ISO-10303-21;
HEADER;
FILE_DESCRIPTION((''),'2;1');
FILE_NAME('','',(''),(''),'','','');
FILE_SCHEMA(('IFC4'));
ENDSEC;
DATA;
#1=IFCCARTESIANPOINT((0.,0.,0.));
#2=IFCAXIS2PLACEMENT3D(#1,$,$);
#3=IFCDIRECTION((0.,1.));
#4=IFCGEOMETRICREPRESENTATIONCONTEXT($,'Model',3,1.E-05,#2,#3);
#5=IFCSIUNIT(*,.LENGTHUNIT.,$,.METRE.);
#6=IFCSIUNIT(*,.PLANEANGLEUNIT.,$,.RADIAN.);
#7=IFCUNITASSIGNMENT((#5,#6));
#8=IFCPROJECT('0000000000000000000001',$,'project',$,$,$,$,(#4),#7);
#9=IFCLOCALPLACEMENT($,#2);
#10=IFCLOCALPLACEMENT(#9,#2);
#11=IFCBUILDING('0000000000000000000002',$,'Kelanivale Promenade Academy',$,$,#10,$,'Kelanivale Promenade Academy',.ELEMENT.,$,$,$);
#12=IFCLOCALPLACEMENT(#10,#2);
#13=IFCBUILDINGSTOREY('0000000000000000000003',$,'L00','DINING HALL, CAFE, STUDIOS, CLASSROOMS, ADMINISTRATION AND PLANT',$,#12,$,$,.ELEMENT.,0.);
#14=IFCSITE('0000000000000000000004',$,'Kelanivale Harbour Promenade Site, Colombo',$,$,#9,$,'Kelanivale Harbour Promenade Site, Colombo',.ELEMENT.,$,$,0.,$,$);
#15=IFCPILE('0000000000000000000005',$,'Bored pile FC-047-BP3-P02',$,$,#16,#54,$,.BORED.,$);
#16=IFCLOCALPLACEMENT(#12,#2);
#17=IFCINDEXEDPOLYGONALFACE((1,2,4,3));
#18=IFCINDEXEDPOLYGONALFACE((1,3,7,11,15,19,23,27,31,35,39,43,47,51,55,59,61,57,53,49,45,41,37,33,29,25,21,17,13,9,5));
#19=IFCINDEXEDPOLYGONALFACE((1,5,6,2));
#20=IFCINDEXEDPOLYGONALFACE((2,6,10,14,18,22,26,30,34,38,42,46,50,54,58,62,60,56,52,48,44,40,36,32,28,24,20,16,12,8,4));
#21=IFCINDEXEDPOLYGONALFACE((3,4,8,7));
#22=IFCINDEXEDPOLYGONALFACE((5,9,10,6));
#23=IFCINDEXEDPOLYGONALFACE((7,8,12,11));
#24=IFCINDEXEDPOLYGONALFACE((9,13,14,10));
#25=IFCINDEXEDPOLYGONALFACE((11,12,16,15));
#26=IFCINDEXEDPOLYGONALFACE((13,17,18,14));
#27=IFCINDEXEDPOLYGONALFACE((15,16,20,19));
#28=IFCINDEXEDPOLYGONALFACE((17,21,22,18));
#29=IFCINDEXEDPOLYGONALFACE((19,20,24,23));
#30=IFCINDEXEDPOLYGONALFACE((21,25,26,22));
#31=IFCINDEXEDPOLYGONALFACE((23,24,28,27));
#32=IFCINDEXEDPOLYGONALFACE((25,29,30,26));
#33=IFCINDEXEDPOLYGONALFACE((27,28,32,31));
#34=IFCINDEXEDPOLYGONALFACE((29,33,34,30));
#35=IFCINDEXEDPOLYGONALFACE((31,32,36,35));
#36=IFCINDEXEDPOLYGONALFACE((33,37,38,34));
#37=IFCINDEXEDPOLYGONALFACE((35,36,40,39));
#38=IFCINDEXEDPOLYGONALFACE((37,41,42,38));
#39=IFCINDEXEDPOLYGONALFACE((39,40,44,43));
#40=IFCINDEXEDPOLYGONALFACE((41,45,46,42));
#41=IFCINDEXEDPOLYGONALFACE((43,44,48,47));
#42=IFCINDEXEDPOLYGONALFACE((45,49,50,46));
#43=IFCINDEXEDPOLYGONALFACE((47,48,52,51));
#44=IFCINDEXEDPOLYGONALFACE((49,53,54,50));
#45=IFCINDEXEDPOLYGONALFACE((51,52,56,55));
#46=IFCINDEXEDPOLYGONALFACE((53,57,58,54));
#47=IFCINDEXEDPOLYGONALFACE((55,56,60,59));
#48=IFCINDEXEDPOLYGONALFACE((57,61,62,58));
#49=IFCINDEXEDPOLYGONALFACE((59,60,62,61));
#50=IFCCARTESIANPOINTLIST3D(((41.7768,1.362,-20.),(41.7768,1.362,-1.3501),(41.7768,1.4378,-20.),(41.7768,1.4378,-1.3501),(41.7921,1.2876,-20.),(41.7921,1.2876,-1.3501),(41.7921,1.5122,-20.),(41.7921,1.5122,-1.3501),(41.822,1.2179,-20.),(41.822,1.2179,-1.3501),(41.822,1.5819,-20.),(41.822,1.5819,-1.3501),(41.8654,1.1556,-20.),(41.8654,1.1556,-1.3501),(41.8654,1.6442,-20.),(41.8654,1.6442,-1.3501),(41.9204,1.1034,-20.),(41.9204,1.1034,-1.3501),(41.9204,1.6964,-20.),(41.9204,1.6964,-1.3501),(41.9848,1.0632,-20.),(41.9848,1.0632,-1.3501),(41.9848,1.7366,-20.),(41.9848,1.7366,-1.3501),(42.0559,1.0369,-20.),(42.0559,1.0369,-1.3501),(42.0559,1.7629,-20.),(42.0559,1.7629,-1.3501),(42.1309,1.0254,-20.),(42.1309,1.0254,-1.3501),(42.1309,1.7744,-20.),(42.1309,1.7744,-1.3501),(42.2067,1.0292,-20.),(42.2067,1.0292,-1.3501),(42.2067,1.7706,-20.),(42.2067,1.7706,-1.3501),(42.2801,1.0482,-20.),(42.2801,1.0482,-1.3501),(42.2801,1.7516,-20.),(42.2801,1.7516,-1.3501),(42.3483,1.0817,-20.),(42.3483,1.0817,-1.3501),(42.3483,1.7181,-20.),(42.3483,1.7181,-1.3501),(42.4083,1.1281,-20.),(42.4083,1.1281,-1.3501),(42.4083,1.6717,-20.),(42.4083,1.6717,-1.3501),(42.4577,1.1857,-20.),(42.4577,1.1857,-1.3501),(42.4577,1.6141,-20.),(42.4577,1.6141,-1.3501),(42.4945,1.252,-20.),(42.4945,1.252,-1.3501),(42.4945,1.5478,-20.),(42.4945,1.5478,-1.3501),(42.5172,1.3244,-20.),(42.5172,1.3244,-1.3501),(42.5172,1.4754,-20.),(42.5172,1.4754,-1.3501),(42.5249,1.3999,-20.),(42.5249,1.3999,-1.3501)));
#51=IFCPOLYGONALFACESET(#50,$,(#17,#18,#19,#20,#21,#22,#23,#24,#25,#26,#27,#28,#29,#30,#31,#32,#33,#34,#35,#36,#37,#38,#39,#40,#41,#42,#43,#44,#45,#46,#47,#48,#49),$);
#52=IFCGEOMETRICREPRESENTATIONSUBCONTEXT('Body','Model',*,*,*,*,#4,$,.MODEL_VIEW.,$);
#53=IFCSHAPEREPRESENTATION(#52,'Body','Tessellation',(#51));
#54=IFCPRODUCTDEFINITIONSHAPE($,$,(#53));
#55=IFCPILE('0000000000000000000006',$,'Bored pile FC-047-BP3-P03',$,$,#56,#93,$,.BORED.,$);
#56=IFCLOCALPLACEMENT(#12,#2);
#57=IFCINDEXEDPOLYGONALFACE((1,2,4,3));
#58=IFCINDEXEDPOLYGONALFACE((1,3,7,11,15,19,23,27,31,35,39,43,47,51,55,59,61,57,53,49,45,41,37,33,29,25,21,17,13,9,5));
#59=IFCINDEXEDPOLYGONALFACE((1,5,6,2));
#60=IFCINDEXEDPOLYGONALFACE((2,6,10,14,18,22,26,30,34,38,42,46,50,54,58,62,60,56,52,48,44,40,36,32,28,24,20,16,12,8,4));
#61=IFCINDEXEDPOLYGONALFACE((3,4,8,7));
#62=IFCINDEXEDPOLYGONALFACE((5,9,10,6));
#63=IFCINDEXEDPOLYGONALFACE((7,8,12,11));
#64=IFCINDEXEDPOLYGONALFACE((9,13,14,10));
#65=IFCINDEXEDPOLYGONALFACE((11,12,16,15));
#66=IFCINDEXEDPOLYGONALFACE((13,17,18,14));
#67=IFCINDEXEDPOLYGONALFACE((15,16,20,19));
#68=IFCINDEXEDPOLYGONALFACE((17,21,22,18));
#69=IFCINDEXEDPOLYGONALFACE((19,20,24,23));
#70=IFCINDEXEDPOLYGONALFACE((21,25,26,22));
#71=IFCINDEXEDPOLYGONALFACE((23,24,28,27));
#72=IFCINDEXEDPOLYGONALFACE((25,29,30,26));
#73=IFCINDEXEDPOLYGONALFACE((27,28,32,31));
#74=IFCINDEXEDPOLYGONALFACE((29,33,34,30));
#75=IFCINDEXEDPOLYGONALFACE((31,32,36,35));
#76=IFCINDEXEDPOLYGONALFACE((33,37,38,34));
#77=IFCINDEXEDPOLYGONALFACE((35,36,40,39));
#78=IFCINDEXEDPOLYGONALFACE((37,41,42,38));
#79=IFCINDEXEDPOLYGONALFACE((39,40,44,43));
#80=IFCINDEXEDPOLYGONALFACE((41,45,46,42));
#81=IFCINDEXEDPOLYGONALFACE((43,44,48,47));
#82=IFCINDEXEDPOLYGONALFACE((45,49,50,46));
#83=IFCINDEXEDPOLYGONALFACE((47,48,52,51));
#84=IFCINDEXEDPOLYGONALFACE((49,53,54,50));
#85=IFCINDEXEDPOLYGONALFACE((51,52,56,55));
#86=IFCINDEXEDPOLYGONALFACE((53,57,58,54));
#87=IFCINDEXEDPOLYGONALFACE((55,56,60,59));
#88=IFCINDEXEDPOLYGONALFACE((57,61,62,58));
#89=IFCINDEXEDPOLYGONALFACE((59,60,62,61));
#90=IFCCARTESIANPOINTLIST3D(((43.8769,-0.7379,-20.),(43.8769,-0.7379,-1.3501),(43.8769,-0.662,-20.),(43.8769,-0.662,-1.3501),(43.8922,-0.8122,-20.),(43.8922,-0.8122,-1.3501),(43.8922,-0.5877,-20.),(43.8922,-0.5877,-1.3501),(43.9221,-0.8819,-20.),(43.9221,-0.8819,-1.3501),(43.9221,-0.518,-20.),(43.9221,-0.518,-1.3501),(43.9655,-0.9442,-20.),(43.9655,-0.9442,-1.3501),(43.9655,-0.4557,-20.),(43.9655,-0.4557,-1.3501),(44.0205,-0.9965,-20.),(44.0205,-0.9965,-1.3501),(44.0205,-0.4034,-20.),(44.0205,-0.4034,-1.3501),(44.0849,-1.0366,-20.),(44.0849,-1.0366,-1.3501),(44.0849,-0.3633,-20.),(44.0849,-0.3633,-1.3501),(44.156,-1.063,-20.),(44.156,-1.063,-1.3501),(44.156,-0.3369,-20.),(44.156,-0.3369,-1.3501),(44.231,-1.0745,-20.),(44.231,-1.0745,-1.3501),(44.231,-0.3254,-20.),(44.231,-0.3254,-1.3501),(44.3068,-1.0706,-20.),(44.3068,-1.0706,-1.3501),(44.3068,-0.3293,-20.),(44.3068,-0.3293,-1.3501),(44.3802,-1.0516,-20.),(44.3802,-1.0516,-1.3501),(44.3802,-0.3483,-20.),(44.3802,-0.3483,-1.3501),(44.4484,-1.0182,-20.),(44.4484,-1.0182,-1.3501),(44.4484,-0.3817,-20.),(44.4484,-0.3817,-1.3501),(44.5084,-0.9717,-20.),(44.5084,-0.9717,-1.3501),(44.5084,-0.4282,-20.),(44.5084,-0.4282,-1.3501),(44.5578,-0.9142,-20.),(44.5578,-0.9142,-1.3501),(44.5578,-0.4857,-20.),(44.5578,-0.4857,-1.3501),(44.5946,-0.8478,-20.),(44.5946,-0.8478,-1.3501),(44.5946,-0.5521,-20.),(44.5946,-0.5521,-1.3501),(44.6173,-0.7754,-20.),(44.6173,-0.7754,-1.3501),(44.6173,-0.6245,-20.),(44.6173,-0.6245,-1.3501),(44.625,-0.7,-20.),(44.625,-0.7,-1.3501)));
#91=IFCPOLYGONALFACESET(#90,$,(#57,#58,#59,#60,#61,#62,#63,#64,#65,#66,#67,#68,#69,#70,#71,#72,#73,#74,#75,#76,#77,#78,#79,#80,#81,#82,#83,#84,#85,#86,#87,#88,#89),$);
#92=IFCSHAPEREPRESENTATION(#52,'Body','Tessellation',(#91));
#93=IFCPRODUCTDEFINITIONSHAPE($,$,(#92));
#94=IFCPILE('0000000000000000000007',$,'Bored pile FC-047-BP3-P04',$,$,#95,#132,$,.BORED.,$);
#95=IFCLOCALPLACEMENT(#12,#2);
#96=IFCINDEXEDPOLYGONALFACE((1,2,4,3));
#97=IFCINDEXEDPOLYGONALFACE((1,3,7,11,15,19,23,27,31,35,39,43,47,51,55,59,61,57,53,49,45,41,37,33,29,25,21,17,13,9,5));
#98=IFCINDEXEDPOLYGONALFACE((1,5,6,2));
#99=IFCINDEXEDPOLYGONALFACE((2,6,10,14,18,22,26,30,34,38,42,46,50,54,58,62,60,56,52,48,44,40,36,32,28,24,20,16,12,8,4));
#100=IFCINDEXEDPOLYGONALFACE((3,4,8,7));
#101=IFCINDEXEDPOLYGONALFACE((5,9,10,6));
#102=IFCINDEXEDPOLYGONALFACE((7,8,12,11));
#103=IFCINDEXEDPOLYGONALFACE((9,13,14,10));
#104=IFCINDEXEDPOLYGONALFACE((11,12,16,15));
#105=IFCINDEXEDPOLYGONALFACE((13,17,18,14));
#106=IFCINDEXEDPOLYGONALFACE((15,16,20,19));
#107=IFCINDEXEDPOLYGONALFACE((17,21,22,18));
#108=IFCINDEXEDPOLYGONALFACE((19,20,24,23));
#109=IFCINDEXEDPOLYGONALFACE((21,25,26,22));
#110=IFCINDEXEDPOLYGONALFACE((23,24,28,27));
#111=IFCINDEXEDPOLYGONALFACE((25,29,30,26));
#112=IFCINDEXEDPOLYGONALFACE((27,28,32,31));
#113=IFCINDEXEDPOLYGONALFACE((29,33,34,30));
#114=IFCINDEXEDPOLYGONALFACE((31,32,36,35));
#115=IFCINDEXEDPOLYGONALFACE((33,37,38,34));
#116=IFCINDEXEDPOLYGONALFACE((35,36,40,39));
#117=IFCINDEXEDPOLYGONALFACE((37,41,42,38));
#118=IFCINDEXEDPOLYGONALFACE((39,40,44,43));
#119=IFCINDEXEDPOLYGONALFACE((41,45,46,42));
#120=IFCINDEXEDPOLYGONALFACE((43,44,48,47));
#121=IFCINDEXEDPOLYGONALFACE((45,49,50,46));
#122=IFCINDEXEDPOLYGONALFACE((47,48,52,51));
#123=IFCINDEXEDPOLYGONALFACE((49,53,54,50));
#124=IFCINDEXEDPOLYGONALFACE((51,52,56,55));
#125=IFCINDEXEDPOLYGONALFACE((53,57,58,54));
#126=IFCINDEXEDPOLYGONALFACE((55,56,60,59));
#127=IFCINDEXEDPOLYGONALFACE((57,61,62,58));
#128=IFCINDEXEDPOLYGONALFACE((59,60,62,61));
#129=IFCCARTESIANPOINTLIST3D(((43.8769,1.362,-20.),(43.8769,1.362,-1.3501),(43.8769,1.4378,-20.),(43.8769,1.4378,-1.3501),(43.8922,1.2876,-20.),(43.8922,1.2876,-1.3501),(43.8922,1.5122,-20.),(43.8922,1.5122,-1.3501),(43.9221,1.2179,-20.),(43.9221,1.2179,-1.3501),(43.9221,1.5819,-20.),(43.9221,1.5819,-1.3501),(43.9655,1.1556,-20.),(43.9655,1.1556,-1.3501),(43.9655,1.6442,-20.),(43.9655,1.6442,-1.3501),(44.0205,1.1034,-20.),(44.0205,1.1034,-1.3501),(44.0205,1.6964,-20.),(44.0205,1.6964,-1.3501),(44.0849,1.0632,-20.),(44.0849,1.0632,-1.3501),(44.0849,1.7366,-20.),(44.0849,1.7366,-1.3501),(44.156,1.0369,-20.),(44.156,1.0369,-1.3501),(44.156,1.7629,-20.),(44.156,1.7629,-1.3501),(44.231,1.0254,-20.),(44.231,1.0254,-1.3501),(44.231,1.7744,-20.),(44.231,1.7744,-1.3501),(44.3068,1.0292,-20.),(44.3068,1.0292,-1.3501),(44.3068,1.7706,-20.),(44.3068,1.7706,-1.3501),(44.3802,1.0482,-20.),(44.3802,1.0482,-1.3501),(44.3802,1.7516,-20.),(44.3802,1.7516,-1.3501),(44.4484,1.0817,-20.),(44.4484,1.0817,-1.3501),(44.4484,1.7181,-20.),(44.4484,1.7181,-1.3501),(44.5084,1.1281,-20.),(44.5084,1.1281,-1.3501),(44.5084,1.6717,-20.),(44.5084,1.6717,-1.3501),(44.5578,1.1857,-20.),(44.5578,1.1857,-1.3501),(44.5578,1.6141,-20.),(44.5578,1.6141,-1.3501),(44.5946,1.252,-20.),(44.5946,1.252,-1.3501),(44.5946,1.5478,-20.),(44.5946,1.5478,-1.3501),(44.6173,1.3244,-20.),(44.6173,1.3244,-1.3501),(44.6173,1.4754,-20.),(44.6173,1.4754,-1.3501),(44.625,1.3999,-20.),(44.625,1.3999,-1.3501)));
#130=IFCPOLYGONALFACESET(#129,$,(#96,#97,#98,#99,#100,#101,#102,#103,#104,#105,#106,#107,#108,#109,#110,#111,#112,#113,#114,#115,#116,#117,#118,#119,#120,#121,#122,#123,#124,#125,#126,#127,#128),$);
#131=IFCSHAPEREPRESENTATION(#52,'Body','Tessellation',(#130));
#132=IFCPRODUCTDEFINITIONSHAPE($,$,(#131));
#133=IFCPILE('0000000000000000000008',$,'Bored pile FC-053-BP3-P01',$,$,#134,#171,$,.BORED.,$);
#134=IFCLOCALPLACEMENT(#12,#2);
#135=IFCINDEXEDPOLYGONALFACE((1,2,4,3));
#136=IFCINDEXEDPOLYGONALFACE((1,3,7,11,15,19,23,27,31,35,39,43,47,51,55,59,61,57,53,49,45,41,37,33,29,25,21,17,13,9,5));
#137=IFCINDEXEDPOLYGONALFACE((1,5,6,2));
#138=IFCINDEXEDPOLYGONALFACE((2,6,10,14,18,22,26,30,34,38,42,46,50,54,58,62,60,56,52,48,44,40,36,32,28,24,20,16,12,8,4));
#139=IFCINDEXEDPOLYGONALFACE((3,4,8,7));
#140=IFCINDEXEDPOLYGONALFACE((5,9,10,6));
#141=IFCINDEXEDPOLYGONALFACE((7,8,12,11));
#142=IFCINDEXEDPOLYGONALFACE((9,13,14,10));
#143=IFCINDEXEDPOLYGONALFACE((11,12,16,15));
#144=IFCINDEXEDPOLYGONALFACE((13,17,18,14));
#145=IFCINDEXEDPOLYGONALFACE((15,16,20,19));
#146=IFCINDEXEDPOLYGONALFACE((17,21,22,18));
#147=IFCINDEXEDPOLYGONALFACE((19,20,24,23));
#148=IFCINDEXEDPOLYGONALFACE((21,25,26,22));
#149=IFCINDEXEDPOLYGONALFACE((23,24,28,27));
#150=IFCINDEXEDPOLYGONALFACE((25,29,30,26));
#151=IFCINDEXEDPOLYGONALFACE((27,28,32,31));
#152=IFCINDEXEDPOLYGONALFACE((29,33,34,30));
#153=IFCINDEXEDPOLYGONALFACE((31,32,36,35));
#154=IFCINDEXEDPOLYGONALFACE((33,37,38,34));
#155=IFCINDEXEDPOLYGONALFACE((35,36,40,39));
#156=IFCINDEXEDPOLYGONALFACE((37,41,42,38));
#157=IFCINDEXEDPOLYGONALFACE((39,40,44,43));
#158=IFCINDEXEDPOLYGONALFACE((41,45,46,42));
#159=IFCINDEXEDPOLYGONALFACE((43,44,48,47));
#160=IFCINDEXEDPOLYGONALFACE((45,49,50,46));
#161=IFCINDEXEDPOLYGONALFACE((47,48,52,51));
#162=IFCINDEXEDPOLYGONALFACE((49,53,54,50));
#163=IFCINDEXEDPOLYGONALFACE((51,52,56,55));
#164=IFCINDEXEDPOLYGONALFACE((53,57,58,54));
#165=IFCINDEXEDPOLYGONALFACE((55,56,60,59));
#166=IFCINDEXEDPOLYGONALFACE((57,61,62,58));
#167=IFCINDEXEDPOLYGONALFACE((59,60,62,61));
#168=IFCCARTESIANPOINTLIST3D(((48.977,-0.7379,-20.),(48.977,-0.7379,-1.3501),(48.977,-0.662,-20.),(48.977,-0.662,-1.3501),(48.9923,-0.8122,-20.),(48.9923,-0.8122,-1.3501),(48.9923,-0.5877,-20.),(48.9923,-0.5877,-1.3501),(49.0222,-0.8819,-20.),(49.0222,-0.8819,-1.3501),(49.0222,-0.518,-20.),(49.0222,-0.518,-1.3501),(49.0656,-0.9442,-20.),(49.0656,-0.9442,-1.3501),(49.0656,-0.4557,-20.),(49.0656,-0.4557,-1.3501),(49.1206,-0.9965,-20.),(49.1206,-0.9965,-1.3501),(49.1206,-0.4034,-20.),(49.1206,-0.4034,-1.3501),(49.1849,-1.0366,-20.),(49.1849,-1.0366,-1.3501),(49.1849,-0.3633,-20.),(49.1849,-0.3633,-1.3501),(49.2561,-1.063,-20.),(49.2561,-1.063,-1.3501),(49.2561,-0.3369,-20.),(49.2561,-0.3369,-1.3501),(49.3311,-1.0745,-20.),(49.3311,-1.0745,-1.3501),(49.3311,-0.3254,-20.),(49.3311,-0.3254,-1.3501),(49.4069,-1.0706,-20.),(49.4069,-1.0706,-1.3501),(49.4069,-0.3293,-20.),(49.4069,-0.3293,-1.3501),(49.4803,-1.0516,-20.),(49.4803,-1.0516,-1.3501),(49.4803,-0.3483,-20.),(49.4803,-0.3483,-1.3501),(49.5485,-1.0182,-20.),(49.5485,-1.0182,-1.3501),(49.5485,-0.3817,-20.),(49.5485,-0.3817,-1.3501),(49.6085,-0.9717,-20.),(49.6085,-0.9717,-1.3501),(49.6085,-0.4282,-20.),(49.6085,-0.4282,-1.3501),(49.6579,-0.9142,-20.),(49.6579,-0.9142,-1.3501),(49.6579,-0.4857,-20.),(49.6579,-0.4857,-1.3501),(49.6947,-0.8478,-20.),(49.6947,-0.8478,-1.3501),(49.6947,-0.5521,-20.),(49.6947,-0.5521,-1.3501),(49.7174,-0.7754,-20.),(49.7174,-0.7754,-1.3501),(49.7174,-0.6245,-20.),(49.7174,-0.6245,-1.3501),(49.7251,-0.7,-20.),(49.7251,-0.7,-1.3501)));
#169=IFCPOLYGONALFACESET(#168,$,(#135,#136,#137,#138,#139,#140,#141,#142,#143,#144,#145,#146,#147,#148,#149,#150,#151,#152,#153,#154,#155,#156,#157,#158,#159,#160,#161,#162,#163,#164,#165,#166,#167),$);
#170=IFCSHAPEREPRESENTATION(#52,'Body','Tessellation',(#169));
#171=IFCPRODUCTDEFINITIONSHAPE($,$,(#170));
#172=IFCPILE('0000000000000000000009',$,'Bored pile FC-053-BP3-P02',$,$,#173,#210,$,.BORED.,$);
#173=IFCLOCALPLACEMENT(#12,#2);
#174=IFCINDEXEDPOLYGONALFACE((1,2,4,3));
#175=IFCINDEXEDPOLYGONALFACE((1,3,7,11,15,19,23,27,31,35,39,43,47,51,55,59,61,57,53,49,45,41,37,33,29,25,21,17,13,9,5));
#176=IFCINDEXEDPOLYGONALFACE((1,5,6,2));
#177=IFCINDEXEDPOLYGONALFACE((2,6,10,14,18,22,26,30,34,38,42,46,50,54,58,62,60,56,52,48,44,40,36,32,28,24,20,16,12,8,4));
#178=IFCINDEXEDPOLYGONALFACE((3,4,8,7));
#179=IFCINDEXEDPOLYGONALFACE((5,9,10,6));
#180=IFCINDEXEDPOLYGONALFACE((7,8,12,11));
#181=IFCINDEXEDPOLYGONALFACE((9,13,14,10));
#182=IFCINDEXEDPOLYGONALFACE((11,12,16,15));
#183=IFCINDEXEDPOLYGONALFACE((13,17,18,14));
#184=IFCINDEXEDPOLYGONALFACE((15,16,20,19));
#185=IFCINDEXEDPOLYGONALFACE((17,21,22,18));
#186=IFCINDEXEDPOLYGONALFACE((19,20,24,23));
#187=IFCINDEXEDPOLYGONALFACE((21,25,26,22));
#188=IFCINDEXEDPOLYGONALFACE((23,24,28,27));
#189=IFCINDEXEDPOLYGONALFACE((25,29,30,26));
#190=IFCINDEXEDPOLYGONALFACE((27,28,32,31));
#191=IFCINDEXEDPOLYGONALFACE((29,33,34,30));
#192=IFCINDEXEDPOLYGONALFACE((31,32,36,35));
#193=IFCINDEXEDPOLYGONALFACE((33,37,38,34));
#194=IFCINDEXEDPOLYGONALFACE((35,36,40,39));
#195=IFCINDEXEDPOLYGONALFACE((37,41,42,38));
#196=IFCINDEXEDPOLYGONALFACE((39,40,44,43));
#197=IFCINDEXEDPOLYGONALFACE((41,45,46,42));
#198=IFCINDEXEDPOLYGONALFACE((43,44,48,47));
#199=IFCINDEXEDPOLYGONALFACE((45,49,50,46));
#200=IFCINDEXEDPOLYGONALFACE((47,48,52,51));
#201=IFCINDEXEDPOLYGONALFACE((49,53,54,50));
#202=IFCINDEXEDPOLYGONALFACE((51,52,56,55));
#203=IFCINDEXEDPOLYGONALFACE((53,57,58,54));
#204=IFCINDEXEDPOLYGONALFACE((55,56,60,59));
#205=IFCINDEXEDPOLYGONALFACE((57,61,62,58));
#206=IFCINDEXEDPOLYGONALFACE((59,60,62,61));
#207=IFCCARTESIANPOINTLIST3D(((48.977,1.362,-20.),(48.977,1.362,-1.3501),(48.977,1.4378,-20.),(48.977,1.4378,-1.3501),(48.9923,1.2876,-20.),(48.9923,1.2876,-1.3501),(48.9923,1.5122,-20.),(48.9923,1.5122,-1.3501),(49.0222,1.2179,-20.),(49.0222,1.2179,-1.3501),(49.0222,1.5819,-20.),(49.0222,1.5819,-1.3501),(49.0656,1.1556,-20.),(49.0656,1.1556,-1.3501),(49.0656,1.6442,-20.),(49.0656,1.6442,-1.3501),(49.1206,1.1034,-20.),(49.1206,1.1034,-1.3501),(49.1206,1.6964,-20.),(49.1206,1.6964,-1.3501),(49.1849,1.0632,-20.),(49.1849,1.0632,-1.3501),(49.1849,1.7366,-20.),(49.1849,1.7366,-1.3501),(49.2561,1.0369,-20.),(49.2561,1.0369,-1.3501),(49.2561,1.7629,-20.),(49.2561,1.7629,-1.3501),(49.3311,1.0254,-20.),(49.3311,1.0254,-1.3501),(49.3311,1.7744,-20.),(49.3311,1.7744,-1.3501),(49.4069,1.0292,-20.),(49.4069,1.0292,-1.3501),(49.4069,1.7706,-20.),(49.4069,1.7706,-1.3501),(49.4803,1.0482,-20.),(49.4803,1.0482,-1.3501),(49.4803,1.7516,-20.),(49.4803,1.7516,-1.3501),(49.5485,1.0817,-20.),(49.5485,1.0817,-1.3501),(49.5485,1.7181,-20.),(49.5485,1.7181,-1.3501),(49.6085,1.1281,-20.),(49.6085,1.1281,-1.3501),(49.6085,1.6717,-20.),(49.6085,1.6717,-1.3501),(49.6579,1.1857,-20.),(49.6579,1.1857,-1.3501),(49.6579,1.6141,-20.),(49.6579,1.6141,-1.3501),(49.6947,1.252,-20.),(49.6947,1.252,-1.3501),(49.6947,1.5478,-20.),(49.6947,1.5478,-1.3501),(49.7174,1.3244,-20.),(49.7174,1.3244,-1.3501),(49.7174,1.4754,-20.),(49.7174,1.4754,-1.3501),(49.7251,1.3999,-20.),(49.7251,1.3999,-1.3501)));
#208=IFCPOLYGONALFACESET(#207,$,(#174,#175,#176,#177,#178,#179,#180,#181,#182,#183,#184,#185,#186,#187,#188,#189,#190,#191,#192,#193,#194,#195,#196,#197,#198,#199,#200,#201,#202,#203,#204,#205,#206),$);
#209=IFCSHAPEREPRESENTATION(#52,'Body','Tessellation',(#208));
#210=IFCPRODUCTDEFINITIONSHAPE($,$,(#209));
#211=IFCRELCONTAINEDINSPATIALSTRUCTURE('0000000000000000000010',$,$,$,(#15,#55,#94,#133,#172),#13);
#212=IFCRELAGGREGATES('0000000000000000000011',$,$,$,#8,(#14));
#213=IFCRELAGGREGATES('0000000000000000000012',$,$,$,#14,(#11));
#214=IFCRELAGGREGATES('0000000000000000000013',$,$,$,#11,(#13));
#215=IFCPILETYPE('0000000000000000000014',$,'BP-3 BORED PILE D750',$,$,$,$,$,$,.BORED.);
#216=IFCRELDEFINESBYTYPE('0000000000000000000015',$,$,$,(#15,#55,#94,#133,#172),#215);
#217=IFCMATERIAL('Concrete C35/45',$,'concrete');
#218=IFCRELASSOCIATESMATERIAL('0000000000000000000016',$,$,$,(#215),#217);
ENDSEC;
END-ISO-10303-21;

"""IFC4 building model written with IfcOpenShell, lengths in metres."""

from ifc_helpers import new_model, si_unit, direction, frame, origin, origin_2d, place, context, subcontext, project, spatial, circle, extrude, material, material_profile, profile_set, type_object, element, save


model = new_model("IFC4")

# Units and contexts
model_context = context("Model", 3, precision=1e-05, world=origin(), true_north=direction((0.0, 1.0)))
body_context = subcontext(model_context, "Body", "Model", "MODEL_VIEW")
ifc_project = project(units=[si_unit("LENGTHUNIT", "METRE"), si_unit("PLANEANGLEUNIT", "RADIAN")], contexts=[model_context])

# Site, building, storey
site_placement = place(None, origin())
site = spatial("IfcSite", under=ifc_project, at=site_placement, Name="Kelanivale Harbour Promenade Site, Colombo", LongName="Kelanivale Harbour Promenade Site, Colombo", CompositionType="ELEMENT", RefElevation=0.0)
building_placement = place(site_placement, origin())
building = spatial("IfcBuilding", under=site, at=building_placement, Name="Kelanivale Promenade Academy", LongName="Kelanivale Promenade Academy", CompositionType="ELEMENT")
storey_placement = place(building_placement, origin())
storey = spatial("IfcBuildingStorey", under=building, at=storey_placement, Name="L00", Description="DINING HALL, CAFE, STUDIOS, CLASSROOMS, ADMINISTRATION AND PLANT", CompositionType="ELEMENT", Elevation=0.0)

# Piles
ifc_material_1 = material(Name="Concrete C35/45", Category="concrete")
ifc_material_profile_1 = material_profile(ifc_material_1, circle(Radius=0.375, at=origin_2d()), Name="BORED PILE D750")
ifc_profile_set_1 = profile_set([ifc_material_profile_1], Name="Concrete C35/45")
pile_type_1 = type_object("IfcPileType", Name="BP-3 BORED PILE D750", PredefinedType="BORED", material=ifc_profile_set_1)
for number, where, z_axis, x_axis, name in (
    (1, (42.1499, 1.3999, -1.3501), (0.0, 0.0, -1.0), (1.0, 0.0, 0.0), "Bored pile FC-047-BP3-P02"),
    (2, (44.25, -0.7, -1.3501), (0.0, 0.0, -1.0), (1.0, 0.0, 0.0), "Bored pile FC-047-BP3-P03"),
    (3, (44.25, 1.3999, -1.3501), (0.0, 0.0, -1.0), (1.0, 0.0, 0.0), "Bored pile FC-047-BP3-P04"),
    (4, (49.3501, -0.7, -1.3501), (0.0, 0.0, -1.0), (1.0, 0.0, 0.0), "Bored pile FC-053-BP3-P01"),
    (5, (49.3501, 1.3999, -1.3501), (0.0, 0.0, -1.0), (1.0, 0.0, 0.0), "Bored pile FC-053-BP3-P02"),
):
    element("IfcPile", number, at=place(storey_placement, frame(where, z_axis=z_axis, x_axis=x_axis)), inside=storey, type_object=pile_type_1, Name=name, PredefinedType="BORED", context=body_context, shape_type="SweptSolid", body=[
        extrude(circle(Radius=0.375, at=origin_2d()), origin(), (0.0, 0.0, 1.0), 18.6499),
    ])

save(model, "model.ifc")
